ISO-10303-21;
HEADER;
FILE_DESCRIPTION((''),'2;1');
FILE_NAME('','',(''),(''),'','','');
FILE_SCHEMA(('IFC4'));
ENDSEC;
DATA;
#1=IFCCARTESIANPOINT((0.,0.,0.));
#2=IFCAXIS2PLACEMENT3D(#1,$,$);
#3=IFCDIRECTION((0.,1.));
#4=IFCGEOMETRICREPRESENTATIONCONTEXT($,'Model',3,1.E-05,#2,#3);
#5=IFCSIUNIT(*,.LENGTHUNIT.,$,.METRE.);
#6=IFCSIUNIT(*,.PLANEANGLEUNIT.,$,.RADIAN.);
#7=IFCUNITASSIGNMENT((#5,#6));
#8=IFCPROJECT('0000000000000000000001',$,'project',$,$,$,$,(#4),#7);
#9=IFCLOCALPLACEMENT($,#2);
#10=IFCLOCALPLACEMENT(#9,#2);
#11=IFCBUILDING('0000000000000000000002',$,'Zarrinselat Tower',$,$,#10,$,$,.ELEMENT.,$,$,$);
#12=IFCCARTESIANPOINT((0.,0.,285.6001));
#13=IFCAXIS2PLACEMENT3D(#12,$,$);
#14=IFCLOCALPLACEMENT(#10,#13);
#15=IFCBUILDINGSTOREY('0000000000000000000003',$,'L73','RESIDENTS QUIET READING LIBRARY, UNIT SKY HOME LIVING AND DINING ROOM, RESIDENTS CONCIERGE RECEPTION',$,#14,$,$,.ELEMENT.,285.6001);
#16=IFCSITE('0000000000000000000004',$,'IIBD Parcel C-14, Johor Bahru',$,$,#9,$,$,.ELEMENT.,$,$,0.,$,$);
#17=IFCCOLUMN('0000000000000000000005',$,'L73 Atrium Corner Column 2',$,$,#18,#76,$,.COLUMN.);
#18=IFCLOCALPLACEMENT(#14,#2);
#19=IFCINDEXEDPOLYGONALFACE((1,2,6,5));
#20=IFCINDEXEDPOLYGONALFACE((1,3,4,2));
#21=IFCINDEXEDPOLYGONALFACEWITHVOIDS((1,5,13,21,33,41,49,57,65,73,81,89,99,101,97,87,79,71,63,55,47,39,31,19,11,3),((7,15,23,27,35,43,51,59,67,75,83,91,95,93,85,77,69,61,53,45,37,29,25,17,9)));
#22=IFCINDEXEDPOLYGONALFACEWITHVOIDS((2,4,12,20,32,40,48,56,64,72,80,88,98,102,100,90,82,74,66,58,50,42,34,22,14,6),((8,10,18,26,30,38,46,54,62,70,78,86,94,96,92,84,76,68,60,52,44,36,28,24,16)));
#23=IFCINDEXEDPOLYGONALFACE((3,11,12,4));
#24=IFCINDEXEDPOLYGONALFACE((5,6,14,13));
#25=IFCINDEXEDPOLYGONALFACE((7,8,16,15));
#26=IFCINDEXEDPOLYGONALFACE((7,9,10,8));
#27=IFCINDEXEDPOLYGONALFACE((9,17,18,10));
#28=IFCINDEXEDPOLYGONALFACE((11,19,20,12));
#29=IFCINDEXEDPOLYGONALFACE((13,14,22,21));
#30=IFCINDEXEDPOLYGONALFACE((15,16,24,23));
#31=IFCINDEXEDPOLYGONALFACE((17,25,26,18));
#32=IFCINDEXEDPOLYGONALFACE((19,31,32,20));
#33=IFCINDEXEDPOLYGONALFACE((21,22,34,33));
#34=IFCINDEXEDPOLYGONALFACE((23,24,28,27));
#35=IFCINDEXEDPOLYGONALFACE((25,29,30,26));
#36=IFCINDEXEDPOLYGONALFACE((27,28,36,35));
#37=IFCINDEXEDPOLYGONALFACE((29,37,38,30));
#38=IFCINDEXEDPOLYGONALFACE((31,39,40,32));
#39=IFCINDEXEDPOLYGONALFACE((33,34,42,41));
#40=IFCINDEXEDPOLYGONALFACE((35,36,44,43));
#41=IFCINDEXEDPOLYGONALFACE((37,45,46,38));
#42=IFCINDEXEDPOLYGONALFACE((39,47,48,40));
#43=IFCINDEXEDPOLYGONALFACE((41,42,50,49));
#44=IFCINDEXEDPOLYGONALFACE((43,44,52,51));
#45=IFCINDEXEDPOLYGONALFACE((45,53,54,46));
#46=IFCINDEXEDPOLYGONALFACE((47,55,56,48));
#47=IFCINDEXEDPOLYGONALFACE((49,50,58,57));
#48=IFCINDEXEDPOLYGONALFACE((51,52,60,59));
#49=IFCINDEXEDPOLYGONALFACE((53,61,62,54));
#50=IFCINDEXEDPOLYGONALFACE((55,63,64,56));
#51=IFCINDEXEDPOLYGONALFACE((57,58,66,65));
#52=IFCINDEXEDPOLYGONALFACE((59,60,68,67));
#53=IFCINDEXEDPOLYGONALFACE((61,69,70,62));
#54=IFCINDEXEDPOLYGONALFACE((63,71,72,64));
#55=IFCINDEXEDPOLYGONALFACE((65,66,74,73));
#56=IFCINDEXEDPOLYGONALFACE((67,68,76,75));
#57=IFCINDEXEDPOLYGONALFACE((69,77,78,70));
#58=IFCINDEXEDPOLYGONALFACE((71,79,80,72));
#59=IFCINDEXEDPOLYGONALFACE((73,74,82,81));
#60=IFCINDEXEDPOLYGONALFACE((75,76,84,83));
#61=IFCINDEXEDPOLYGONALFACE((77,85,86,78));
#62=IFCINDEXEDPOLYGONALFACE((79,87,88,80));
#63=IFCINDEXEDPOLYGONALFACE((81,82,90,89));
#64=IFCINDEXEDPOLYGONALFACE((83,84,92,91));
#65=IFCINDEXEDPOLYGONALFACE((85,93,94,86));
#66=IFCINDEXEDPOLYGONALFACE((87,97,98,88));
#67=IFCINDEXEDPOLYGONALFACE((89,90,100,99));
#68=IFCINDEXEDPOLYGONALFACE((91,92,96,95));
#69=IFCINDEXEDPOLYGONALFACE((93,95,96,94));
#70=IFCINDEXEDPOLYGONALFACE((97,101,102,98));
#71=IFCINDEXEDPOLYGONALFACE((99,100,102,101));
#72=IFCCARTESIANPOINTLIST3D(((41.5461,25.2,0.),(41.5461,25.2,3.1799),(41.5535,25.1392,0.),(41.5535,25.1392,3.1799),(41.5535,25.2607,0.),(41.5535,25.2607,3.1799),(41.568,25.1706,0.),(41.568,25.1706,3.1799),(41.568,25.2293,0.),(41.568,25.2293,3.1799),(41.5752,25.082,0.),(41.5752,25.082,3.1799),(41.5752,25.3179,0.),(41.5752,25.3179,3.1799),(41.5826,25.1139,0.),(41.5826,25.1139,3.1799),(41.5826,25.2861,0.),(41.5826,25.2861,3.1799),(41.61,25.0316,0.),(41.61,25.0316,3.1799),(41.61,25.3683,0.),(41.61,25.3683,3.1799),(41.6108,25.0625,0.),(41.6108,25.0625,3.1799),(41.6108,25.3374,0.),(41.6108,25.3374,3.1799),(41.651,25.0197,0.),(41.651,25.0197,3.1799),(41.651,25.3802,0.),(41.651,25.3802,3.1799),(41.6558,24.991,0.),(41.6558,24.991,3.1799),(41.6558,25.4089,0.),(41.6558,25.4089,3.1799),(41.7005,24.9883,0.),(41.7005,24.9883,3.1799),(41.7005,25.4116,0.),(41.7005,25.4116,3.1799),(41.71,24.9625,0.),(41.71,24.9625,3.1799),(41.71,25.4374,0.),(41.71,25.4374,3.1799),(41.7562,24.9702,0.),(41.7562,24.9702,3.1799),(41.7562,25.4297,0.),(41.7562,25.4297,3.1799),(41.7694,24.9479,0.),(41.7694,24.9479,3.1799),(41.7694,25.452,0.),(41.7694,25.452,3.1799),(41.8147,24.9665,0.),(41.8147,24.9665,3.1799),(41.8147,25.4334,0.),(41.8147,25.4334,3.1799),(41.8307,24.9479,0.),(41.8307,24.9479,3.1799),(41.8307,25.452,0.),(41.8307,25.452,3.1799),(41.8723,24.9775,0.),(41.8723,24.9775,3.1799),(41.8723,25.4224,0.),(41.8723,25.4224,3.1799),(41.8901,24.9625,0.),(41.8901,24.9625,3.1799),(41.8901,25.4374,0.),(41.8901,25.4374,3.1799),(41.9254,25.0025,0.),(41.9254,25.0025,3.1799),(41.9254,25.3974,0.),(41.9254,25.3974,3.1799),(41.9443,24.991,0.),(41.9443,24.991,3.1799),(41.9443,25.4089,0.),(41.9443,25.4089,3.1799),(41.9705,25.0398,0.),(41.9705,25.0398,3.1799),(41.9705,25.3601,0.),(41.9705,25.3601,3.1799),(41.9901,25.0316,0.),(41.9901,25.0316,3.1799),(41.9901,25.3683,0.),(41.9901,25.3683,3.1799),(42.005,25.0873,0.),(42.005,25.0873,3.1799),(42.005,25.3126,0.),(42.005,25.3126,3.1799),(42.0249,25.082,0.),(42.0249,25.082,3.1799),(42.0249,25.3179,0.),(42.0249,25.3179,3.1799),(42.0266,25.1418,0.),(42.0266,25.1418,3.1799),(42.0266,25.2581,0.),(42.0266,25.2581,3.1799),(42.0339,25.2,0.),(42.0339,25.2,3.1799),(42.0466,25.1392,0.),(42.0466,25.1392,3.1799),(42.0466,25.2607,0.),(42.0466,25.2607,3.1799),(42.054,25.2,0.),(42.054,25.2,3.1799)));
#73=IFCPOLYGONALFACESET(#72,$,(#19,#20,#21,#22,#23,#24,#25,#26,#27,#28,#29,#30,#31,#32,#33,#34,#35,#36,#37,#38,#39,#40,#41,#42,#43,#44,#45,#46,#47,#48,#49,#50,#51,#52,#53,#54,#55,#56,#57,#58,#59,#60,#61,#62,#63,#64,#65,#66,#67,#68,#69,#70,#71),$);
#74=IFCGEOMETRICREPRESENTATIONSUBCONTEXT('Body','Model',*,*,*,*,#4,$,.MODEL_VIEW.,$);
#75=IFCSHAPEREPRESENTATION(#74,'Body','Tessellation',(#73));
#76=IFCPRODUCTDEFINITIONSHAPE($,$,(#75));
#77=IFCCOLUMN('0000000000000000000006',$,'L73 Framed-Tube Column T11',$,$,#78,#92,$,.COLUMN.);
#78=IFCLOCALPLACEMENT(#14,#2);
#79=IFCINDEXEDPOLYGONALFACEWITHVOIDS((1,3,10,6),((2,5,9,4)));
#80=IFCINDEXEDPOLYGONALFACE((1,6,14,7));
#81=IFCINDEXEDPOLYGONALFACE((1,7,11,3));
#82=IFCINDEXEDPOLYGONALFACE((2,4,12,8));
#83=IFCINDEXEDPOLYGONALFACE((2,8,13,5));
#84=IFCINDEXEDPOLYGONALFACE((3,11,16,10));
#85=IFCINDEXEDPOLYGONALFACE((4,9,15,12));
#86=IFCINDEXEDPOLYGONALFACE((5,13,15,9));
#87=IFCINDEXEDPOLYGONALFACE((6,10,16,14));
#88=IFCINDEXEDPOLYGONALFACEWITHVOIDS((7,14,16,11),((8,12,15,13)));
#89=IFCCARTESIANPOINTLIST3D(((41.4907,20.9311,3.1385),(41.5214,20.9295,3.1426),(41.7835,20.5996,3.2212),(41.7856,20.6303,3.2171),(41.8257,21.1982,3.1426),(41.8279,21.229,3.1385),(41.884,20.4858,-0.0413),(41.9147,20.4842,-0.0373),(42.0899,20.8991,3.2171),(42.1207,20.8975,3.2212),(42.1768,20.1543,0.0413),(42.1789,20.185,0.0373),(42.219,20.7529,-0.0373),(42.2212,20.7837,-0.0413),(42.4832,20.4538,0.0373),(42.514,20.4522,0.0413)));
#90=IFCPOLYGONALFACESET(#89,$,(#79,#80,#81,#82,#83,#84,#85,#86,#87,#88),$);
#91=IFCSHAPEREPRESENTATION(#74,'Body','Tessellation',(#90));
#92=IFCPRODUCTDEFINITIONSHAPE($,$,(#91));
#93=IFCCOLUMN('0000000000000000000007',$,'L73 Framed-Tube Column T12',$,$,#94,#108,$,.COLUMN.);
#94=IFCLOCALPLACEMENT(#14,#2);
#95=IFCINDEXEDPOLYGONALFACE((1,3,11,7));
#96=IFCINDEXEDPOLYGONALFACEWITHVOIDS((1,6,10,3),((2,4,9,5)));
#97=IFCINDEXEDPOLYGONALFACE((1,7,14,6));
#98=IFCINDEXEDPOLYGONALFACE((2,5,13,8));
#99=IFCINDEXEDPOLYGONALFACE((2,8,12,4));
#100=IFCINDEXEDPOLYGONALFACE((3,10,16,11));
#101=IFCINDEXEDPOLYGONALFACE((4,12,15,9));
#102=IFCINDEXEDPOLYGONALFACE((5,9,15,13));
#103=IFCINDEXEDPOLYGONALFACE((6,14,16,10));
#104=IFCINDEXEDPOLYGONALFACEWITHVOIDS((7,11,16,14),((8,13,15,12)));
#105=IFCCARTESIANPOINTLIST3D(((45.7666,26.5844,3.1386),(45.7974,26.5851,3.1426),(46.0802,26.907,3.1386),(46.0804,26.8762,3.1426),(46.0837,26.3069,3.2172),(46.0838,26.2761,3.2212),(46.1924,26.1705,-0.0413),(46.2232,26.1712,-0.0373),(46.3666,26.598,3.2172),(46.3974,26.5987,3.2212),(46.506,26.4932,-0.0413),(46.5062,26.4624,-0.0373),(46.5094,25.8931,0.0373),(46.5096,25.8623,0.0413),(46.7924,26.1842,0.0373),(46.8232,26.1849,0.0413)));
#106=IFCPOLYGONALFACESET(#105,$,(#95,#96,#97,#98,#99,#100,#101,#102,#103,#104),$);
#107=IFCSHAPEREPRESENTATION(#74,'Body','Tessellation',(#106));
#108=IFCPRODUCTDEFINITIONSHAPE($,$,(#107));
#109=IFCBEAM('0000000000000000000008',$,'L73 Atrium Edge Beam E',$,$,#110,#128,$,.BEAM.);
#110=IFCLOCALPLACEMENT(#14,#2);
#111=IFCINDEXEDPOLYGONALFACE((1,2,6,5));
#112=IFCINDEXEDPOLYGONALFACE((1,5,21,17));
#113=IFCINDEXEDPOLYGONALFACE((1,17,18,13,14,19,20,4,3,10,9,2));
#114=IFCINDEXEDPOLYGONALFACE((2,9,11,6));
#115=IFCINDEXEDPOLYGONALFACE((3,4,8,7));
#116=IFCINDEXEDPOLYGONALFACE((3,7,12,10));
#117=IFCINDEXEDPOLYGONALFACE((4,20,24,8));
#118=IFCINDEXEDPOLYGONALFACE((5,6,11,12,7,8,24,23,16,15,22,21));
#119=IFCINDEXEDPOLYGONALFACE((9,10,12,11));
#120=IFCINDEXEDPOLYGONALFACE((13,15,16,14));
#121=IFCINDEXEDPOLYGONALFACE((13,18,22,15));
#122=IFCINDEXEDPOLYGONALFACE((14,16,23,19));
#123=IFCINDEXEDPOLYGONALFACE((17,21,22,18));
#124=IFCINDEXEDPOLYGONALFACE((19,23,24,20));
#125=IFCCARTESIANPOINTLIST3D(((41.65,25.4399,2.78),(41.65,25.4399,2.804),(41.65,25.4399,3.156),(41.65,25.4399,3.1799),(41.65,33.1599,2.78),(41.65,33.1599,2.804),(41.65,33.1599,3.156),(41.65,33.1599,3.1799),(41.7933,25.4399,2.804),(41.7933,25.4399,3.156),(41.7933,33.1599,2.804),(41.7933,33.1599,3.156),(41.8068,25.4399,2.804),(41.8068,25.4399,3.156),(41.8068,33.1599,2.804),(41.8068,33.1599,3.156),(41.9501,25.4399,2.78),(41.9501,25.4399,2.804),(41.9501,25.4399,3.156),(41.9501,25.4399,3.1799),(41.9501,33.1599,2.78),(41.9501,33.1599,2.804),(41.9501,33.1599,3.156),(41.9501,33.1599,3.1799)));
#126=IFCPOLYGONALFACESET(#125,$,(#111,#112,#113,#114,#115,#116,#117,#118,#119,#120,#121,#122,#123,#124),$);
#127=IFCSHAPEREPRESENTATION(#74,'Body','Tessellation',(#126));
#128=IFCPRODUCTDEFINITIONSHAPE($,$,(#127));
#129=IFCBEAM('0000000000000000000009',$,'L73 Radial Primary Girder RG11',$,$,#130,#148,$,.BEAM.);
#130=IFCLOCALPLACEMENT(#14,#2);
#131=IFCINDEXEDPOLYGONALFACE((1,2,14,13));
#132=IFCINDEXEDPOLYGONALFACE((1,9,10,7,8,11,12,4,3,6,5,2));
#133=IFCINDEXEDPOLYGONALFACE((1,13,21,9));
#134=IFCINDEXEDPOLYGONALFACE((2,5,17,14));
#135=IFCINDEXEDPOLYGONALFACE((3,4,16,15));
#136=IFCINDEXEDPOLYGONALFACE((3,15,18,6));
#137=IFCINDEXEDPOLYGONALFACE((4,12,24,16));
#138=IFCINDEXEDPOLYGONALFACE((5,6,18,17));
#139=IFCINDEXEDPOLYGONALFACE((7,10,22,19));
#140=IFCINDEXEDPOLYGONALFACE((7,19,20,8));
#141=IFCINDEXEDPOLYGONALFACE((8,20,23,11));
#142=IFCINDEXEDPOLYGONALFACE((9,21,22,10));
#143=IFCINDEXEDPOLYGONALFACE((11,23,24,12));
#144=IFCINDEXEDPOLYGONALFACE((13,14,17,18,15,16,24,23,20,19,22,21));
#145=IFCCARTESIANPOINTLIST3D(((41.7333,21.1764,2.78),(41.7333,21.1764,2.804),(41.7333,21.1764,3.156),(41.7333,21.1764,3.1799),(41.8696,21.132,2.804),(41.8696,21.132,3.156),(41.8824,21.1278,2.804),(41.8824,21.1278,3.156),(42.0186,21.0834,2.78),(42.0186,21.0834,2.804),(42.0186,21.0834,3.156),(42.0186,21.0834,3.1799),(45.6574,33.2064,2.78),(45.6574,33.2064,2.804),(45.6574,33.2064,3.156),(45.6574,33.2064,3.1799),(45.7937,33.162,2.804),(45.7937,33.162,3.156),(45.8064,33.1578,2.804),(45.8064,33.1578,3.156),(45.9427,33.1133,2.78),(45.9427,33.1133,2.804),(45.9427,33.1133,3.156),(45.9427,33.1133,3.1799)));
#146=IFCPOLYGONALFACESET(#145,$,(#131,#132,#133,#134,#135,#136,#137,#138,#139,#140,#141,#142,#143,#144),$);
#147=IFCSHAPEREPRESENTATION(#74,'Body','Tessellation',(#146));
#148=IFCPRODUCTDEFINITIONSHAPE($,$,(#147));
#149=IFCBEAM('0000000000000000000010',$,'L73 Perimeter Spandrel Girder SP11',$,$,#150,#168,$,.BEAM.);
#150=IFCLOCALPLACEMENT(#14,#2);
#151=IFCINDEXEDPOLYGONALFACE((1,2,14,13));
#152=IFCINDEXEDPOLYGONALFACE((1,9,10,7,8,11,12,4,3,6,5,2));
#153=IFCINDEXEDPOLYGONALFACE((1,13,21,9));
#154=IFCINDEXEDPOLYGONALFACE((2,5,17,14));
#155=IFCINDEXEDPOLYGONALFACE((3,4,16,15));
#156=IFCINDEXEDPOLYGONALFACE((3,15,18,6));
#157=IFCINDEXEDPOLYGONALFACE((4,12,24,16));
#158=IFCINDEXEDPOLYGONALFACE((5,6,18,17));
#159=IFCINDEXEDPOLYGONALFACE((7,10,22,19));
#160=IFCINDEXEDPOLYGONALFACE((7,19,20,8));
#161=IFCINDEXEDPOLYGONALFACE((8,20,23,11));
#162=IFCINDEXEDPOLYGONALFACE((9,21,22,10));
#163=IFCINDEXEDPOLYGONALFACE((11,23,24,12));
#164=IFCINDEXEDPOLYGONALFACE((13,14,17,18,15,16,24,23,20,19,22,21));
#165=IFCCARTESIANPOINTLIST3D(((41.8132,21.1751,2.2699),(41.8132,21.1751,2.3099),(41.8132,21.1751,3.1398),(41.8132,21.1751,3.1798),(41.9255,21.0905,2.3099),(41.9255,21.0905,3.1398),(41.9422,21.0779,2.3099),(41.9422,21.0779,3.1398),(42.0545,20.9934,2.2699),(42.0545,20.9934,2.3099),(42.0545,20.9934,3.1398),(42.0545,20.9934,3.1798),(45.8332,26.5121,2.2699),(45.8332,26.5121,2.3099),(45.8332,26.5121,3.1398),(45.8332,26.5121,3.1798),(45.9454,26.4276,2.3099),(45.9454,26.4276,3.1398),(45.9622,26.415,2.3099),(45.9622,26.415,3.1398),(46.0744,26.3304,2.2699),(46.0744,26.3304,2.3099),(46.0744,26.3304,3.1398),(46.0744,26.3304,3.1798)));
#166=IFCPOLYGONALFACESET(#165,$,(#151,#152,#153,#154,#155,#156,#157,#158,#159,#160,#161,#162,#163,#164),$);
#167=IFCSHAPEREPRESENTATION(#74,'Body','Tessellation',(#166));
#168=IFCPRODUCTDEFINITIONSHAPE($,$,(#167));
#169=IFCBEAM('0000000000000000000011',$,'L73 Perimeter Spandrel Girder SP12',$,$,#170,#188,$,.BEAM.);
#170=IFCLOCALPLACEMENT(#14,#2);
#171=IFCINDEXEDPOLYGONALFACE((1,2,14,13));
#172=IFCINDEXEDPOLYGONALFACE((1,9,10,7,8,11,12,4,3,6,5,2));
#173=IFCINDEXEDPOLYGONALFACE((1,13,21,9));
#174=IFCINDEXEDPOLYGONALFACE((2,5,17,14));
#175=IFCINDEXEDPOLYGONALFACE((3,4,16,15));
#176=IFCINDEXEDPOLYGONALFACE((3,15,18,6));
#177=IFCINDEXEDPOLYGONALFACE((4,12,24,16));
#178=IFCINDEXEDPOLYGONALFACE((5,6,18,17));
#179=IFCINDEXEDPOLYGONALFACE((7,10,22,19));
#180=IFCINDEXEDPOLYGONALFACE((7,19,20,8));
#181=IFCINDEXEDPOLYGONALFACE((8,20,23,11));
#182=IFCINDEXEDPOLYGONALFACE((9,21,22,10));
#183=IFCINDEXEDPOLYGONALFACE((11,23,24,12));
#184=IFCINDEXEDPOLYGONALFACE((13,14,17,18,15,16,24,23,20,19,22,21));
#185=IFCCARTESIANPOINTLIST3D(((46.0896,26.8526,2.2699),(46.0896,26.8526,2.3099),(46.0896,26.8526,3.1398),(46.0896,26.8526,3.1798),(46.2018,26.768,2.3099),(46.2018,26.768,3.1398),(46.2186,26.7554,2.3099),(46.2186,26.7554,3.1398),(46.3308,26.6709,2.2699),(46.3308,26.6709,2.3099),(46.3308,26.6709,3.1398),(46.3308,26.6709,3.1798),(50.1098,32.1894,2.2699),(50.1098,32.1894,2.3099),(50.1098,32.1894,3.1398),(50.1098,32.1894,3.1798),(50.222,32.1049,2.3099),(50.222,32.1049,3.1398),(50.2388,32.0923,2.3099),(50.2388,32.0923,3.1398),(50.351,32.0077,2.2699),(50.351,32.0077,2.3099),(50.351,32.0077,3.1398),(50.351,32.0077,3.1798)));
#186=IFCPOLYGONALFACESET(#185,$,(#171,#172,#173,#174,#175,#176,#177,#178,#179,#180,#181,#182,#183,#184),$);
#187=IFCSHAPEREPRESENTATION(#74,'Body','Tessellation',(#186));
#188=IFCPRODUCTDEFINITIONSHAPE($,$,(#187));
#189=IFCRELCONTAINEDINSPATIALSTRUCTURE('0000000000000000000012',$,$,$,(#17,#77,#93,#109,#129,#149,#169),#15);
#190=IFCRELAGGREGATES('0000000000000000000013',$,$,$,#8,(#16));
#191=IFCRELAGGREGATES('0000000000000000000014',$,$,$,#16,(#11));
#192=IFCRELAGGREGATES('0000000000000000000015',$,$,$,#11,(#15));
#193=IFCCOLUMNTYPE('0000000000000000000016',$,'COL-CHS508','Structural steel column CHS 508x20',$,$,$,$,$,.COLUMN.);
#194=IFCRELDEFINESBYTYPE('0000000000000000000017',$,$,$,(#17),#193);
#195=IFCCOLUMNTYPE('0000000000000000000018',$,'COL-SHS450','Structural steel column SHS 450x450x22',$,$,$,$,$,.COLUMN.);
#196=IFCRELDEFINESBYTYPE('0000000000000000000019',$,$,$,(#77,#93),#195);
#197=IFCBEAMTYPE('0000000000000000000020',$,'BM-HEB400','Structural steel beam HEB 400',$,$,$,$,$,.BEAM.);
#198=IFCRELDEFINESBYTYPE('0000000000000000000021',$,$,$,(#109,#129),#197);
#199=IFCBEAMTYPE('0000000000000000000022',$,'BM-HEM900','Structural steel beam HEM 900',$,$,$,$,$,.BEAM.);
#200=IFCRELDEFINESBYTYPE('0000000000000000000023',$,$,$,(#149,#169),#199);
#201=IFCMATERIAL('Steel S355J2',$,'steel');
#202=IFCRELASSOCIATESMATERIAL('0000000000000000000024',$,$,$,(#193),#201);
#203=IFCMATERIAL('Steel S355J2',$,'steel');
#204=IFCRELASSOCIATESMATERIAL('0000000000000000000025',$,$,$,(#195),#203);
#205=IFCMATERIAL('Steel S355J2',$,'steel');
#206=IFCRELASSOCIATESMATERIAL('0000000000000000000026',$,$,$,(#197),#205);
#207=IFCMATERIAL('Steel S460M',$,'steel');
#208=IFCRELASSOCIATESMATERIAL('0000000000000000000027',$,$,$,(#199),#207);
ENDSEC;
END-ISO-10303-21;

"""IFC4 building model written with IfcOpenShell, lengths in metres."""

from ifc_helpers import new_model, si_unit, direction, frame, origin, origin_2d, place, context, subcontext, project, spatial, hollow_rectangle, hollow_circle, i_section, extrude, material, material_profile, profile_set, type_object, element, save


model = new_model("IFC4")

# Units and contexts
model_context = context("Model", 3, precision=1e-05, world=origin(), true_north=direction((0.0, 1.0)))
body_context = subcontext(model_context, "Body", "Model", "MODEL_VIEW")
ifc_project = project(units=[si_unit("LENGTHUNIT", "METRE"), si_unit("PLANEANGLEUNIT", "RADIAN")], contexts=[model_context])

# Site, building, storey
site_placement = place(None, origin())
site = spatial("IfcSite", under=ifc_project, at=site_placement, Name="IIBD Parcel C-14, Johor Bahru", CompositionType="ELEMENT", RefElevation=0.0)
building_placement = place(site_placement, origin())
building = spatial("IfcBuilding", under=site, at=building_placement, Name="Zarrinselat Tower", CompositionType="ELEMENT")
storey_placement = place(building_placement, frame((0.0, 0.0, 285.6001)))
storey = spatial("IfcBuildingStorey", under=building, at=storey_placement, Name="L73", Description="RESIDENTS QUIET READING LIBRARY, UNIT SKY HOME LIVING AND DINING ROOM, RESIDENTS CONCIERGE RECEPTION", CompositionType="ELEMENT", Elevation=285.6001)

# Columns
ifc_material_1 = material(Name="Steel S355J2", Category="steel")
ifc_material_profile_1 = material_profile(ifc_material_1, hollow_circle(Radius=0.2539, WallThickness=0.02, at=origin_2d()), Name="CHS 508x20")
ifc_profile_set_1 = profile_set([ifc_material_profile_1], Name="Steel S355J2")
column_type_1 = type_object("IfcColumnType", Name="COL-CHS508", Description="Structural steel column CHS 508x20", PredefinedType="COLUMN", material=ifc_profile_set_1)
column_placement = place(storey_placement, frame((41.8, 25.2, 0.0), z_axis=(0.0, 0.0, 1.0), x_axis=(1.0, 0.0, 0.0)))
element("IfcColumn", 1, at=column_placement, inside=storey, type_object=column_type_1, Name="L73 Atrium Corner Column 2", PredefinedType="COLUMN", context=body_context, shape_type="SweptSolid", body=[
    extrude(hollow_circle(Radius=0.2539, WallThickness=0.02, at=origin_2d()), origin(), (0.0, 0.0, 1.0), 3.1799),
])
ifc_material_2 = material(Name="Steel S355J2", Category="steel")
ifc_material_profile_2 = material_profile(ifc_material_2, hollow_rectangle(XDim=0.45, YDim=0.45, WallThickness=0.022, at=origin_2d()), Name="SHS 450x450x22")
ifc_profile_set_2 = profile_set([ifc_material_profile_2], Name="Steel S355J2")
column_type_2 = type_object("IfcColumnType", Name="COL-SHS450", Description="Structural steel column SHS 450x450x22", PredefinedType="COLUMN", material=ifc_profile_set_2)
for number, where, z_axis, x_axis, name in (
    (2, (42.199, 20.469, 0.0), (-0.121581, 0.137656, 0.98299), (-0.749514, -0.661989, 0.0), "L73 Framed-Tube Column T11"),
    (3, (46.5078, 26.1777, 0.0), (-0.131622, 0.127924, 0.983011), (-0.696961, -0.717109, 0.0), "L73 Framed-Tube Column T12"),
):
    element("IfcColumn", number, at=place(storey_placement, frame(where, z_axis=z_axis, x_axis=x_axis)), inside=storey, type_object=column_type_2, Name=name, PredefinedType="COLUMN", context=body_context, shape_type="SweptSolid", body=[
        extrude(hollow_rectangle(XDim=0.45, YDim=0.45, WallThickness=0.022, at=origin_2d()), origin(), (0.0, 0.0, 1.0), 3.2349),
    ])

# Beams
ifc_material_3 = material(Name="Steel S355J2", Category="steel")
ifc_material_profile_3 = material_profile(ifc_material_3, i_section(OverallWidth=0.3, OverallDepth=0.3999, WebThickness=0.0134, FlangeThickness=0.0239, at=origin_2d()), Name="HEB 400")
ifc_profile_set_3 = profile_set([ifc_material_profile_3], Name="Steel S355J2")
beam_type_1 = type_object("IfcBeamType", Name="BM-HEB400", Description="Structural steel beam HEB 400", PredefinedType="BEAM", material=ifc_profile_set_3)
beam_1_placement = place(storey_placement, frame((41.8, 25.4399, 2.98), z_axis=(0.0, 1.0, 0.0), x_axis=(-1.0, 0.0, 0.0)))
element("IfcBeam", 4, at=beam_1_placement, inside=storey, type_object=beam_type_1, Name="L73 Atrium Edge Beam E", PredefinedType="BEAM", context=body_context, shape_type="SweptSolid", body=[
    extrude(i_section(OverallWidth=0.3, OverallDepth=0.3999, WebThickness=0.0134, FlangeThickness=0.0239, at=origin_2d()), origin(), (0.0, 0.0, 1.0), 7.72),
])
beam_2_placement = place(storey_placement, frame((41.876, 21.1299, 2.98), z_axis=(0.310109, 0.950701, 0.0), x_axis=(-0.950701, 0.310109, 0.0)))
element("IfcBeam", 5, at=beam_2_placement, inside=storey, type_object=beam_type_1, Name="L73 Radial Primary Girder RG11", PredefinedType="BEAM", context=body_context, shape_type="SweptSolid", body=[
    extrude(i_section(OverallWidth=0.3, OverallDepth=0.3999, WebThickness=0.0134, FlangeThickness=0.0239, at=origin_2d()), origin(), (0.0, 0.0, 1.0), 12.6538),
])
ifc_material_4 = material(Name="Steel S460M", Category="steel")
ifc_material_profile_4 = material_profile(ifc_material_4, i_section(OverallWidth=0.302, OverallDepth=0.9099, WebThickness=0.021, FlangeThickness=0.04, at=origin_2d()), Name="HEM 900")
ifc_profile_set_4 = profile_set([ifc_material_profile_4], Name="Steel S460M")
beam_type_2 = type_object("IfcBeamType", Name="BM-HEM900", Description="Structural steel beam HEM 900", PredefinedType="BEAM", material=ifc_profile_set_4)
for number, where, z_axis, x_axis, name in (
    (6, (41.9338, 21.0842, 2.7249), (0.601642, 0.798766, 0.0), (-0.798766, 0.601642, 0.0), "L73 Perimeter Spandrel Girder SP11"),
    (7, (46.2102, 26.7617, 2.7249), (0.601682, 0.798735, 0.0), (-0.798735, 0.601682, 0.0), "L73 Perimeter Spandrel Girder SP12"),
):
    element("IfcBeam", number, at=place(storey_placement, frame(where, z_axis=z_axis, x_axis=x_axis)), inside=storey, type_object=beam_type_2, Name=name, PredefinedType="BEAM", context=body_context, shape_type="SweptSolid", body=[
        extrude(i_section(OverallWidth=0.302, OverallDepth=0.9099, WebThickness=0.021, FlangeThickness=0.04, at=origin_2d()), origin(), (0.0, 0.0, 1.0), 6.6816),
    ])

save(model, "model.ifc")
